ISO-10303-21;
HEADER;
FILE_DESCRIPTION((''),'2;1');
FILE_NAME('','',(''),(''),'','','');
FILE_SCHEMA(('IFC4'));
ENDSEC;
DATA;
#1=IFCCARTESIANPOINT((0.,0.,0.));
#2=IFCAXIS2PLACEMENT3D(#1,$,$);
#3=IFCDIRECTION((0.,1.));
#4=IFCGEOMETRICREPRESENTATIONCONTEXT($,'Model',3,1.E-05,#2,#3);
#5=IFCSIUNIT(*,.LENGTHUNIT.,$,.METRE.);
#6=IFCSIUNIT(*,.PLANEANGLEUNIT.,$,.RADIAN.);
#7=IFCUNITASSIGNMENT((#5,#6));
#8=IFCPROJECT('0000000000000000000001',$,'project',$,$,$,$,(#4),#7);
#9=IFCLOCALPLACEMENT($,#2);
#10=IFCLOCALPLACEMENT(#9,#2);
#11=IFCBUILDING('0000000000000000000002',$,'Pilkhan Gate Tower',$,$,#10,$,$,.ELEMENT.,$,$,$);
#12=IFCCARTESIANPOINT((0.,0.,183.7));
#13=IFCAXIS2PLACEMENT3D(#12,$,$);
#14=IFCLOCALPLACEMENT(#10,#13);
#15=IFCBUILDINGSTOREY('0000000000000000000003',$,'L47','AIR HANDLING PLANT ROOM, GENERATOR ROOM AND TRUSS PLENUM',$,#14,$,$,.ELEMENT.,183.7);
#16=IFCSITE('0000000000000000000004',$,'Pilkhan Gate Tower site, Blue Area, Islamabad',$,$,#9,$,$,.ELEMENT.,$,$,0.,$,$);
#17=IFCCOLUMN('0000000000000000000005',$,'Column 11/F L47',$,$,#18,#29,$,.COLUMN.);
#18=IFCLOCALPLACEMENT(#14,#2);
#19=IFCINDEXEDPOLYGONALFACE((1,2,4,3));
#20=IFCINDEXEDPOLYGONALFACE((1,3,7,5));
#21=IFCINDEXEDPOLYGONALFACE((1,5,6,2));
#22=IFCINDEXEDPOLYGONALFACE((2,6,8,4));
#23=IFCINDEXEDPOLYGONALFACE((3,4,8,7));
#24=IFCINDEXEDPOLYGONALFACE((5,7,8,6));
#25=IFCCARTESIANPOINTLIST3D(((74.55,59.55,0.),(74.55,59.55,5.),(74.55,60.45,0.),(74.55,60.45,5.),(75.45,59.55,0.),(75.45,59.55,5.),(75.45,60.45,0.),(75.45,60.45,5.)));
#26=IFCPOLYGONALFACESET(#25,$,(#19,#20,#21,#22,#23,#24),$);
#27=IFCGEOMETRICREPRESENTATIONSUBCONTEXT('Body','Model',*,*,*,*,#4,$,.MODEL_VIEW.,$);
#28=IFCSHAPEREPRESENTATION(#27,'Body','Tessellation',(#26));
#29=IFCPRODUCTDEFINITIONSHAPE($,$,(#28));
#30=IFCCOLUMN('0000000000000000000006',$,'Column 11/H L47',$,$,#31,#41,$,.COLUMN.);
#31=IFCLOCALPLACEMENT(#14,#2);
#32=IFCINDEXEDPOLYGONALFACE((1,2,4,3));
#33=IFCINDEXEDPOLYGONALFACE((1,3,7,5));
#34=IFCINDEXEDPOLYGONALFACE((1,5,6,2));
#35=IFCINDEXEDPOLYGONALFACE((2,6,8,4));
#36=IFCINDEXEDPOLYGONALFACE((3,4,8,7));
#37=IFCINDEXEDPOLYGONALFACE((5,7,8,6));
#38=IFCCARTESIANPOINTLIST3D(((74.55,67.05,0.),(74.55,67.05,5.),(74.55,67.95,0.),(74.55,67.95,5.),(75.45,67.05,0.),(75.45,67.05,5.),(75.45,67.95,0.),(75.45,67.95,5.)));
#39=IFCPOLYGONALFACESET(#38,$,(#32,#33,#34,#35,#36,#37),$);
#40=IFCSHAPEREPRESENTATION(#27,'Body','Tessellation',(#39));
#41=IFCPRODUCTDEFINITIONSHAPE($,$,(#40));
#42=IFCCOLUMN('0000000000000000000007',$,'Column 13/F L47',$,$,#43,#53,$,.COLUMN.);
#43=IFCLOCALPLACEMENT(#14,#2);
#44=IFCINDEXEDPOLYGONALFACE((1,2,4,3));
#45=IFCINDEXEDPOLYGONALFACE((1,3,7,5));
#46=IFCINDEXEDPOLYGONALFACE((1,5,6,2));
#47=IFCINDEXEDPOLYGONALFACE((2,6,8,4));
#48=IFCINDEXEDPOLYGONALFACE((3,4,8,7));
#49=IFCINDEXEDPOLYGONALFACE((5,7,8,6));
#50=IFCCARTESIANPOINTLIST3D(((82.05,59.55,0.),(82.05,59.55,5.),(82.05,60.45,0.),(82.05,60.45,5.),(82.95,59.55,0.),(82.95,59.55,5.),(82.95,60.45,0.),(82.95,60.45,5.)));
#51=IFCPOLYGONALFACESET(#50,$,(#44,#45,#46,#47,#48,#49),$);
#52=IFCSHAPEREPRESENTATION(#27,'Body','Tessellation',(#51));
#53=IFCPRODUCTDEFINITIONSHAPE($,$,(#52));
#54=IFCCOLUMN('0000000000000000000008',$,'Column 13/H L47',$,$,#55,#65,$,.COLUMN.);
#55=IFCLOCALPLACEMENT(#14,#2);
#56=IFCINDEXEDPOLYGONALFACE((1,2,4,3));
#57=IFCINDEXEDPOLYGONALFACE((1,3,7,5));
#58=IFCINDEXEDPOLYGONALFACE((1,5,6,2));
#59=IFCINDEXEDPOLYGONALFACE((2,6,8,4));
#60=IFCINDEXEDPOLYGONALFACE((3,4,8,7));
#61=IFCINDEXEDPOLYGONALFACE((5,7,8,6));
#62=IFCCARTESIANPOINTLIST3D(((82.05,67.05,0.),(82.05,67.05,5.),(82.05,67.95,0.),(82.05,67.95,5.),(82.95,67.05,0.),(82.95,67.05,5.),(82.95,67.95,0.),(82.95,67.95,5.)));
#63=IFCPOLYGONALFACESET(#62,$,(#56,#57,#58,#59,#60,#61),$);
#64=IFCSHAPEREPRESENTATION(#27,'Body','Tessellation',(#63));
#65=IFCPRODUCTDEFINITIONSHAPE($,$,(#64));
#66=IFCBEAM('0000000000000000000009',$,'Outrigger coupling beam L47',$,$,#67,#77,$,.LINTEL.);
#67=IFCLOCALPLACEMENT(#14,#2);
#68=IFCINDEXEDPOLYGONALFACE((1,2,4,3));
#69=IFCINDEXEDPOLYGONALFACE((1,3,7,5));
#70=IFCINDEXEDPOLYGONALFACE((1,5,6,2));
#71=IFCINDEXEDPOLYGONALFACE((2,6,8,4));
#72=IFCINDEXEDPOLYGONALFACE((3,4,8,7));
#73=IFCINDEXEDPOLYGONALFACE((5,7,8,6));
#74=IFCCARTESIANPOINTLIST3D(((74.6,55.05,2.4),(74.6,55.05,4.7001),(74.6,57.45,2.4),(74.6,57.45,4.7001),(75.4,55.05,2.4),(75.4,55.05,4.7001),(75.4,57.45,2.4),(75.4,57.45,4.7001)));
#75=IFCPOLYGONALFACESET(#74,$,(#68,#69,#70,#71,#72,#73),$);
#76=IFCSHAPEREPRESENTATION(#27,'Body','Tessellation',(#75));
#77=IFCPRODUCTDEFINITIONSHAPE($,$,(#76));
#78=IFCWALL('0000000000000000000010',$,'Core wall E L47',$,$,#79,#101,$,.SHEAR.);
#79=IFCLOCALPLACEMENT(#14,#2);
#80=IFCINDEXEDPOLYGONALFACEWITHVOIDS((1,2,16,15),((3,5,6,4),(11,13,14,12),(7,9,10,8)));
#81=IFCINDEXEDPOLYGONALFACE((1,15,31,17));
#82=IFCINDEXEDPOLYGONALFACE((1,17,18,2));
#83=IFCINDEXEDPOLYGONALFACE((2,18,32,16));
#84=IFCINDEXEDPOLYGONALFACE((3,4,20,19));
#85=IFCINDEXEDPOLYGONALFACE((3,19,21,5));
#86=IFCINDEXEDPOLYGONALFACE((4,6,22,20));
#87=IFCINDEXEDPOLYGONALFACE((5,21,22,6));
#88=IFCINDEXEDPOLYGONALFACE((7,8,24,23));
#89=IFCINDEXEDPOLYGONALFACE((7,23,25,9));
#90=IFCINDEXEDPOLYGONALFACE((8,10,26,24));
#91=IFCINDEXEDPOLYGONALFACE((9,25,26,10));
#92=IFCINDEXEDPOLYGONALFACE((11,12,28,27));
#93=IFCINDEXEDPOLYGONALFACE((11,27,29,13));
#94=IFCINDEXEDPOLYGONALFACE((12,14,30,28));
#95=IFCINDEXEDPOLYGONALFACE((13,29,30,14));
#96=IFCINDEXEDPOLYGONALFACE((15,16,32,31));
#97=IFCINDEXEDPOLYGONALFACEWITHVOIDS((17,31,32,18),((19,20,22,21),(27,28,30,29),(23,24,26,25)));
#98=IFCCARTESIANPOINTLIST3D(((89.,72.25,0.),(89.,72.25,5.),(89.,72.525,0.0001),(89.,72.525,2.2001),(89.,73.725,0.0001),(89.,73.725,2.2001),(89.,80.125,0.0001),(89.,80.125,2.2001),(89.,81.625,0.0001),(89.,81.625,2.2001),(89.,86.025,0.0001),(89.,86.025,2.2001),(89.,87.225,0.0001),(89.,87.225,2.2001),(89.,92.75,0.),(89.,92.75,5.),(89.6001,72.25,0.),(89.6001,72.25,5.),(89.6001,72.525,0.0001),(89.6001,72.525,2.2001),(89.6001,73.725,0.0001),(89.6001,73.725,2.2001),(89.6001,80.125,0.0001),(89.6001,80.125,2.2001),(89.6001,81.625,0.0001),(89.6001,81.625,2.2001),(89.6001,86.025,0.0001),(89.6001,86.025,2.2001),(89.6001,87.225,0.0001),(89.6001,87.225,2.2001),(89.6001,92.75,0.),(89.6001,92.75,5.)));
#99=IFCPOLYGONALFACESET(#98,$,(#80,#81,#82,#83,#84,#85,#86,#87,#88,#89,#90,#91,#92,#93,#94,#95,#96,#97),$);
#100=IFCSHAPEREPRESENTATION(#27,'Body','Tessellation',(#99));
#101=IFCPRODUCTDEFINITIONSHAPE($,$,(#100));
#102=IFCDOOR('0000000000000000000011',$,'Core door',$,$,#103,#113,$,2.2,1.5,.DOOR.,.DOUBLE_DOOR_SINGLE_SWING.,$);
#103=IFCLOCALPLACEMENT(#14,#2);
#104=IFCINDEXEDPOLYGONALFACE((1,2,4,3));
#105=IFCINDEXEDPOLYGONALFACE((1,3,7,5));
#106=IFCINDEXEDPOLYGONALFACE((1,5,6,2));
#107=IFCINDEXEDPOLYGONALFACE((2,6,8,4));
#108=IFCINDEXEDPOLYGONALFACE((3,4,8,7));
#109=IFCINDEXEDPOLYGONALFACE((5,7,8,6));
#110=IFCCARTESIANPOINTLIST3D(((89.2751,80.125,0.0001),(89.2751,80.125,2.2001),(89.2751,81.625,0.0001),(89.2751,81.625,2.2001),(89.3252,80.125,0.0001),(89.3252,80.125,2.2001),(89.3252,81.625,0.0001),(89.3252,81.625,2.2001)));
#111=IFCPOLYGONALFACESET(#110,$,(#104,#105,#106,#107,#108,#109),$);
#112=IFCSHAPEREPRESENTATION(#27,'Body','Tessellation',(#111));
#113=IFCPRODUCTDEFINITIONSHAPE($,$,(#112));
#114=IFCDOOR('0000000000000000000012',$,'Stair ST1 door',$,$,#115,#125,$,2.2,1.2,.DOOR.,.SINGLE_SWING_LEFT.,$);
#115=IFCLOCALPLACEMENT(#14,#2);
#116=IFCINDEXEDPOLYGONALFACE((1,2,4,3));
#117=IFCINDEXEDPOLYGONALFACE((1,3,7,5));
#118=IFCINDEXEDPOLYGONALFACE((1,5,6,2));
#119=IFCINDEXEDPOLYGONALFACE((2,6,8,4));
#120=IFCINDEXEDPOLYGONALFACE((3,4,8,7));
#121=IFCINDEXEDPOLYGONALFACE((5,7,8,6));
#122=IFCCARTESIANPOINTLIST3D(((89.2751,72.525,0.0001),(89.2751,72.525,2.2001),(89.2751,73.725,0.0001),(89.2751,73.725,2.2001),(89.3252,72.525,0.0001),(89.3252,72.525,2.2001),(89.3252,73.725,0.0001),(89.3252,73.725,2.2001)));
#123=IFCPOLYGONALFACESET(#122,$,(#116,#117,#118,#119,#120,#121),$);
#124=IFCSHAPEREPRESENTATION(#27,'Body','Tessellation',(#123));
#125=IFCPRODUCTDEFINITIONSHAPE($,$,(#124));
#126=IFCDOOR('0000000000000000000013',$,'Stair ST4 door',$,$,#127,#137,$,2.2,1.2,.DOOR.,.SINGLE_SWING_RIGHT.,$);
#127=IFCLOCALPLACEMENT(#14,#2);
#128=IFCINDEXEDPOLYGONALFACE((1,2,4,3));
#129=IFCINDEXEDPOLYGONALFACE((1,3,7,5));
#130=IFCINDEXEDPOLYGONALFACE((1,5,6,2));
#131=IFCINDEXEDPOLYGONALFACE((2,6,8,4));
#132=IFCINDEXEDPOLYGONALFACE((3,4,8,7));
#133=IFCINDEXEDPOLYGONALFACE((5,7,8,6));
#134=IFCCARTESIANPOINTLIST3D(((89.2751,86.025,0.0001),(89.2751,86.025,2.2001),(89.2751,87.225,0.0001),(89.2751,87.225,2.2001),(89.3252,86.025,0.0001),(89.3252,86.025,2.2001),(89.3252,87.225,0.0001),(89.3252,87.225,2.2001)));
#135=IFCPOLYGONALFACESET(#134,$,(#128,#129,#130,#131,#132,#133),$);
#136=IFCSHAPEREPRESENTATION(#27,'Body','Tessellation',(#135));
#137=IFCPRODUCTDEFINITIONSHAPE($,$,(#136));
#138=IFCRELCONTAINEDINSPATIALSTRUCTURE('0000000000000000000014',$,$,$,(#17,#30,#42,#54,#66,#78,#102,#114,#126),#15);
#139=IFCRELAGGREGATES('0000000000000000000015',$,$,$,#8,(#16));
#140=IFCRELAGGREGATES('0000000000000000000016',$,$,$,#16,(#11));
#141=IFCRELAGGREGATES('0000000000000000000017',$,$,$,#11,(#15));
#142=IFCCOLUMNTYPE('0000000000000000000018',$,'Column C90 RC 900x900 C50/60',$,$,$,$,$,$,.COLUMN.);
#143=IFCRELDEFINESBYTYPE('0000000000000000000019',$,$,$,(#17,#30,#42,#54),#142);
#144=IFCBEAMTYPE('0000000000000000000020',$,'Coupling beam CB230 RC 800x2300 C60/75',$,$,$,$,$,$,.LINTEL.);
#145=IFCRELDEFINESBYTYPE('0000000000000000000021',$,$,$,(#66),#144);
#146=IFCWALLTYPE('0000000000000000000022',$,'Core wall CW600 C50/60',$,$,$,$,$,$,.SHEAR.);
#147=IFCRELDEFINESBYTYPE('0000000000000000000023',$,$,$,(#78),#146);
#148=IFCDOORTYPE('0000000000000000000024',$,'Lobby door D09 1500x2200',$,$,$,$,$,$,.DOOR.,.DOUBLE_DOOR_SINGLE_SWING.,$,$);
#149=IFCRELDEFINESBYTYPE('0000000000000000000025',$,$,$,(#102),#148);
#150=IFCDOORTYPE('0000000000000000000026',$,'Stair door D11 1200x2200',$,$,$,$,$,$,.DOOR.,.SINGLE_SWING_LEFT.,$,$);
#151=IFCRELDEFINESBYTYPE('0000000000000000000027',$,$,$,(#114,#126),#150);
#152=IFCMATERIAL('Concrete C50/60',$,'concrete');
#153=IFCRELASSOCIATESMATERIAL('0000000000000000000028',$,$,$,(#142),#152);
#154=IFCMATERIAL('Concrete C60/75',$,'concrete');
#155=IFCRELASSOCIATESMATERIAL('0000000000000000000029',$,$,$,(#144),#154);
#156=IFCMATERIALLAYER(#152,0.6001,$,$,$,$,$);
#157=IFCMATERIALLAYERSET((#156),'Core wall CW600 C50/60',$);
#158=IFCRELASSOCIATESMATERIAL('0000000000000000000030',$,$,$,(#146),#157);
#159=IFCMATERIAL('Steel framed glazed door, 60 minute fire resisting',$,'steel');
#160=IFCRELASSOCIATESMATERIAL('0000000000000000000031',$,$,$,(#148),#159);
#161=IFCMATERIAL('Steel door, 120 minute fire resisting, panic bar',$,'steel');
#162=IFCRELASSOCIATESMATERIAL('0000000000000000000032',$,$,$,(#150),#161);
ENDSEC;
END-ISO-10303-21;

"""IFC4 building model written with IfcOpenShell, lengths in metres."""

from ifc_helpers import new_model, si_unit, direction, frame, frame_2d, origin, origin_2d, place, context, subcontext, project, spatial, rectangle, extrude, material, layer, layer_set, material_profile, profile_set, type_object, element, fill, save


model = new_model("IFC4")

# Units and contexts
model_context = context("Model", 3, precision=1e-05, world=origin(), true_north=direction((0.0, 1.0)))
body_context = subcontext(model_context, "Body", "Model", "MODEL_VIEW")
ifc_project = project(units=[si_unit("LENGTHUNIT", "METRE"), si_unit("PLANEANGLEUNIT", "RADIAN")], contexts=[model_context])

# Site, building, storey
site_placement = place(None, origin())
site = spatial("IfcSite", under=ifc_project, at=site_placement, Name="Pilkhan Gate Tower site, Blue Area, Islamabad", CompositionType="ELEMENT", RefElevation=0.0)
building_placement = place(site_placement, origin())
building = spatial("IfcBuilding", under=site, at=building_placement, Name="Pilkhan Gate Tower", CompositionType="ELEMENT")
storey_placement = place(building_placement, frame((0.0, 0.0, 183.7)))
storey = spatial("IfcBuildingStorey", under=building, at=storey_placement, Name="L47", Description="AIR HANDLING PLANT ROOM, GENERATOR ROOM AND TRUSS PLENUM", CompositionType="ELEMENT", Elevation=183.7)

# Columns
ifc_material_1 = material(Name="Concrete C50/60", Category="concrete")
ifc_material_profile_1 = material_profile(ifc_material_1, rectangle(XDim=0.8999, YDim=0.8999, at=origin_2d()), Name="RC 900x900")
ifc_profile_set_1 = profile_set([ifc_material_profile_1], Name="Concrete C50/60")
column_type = type_object("IfcColumnType", Name="Column C90 RC 900x900 C50/60", PredefinedType="COLUMN", material=ifc_profile_set_1)
for number, where, z_axis, x_axis, name in (
    (1, (75.0, 60.0, 0.0), (0.0, 0.0, 1.0), (1.0, 0.0, 0.0), "Column 11/F L47"),
    (2, (75.0, 67.5, 0.0), (0.0, 0.0, 1.0), (1.0, 0.0, 0.0), "Column 11/H L47"),
    (3, (82.5, 60.0, 0.0), (0.0, 0.0, 1.0), (1.0, 0.0, 0.0), "Column 13/F L47"),
    (4, (82.5, 67.5, 0.0), (0.0, 0.0, 1.0), (1.0, 0.0, 0.0), "Column 13/H L47"),
):
    element("IfcColumn", number, at=place(storey_placement, frame(where, z_axis=z_axis, x_axis=x_axis)), inside=storey, type_object=column_type, Name=name, PredefinedType="COLUMN", context=body_context, shape_type="SweptSolid", body=[
        extrude(rectangle(XDim=0.8999, YDim=0.8999, at=origin_2d()), origin(), (0.0, 0.0, 1.0), 5.0),
    ])

# Beam
ifc_material_2 = material(Name="Concrete C60/75", Category="concrete")
ifc_material_profile_2 = material_profile(ifc_material_2, rectangle(XDim=0.8, YDim=2.3, at=origin_2d()), Name="RC 800x2300")
ifc_profile_set_2 = profile_set([ifc_material_profile_2], Name="Concrete C60/75")
beam_type = type_object("IfcBeamType", Name="Coupling beam CB230 RC 800x2300 C60/75", PredefinedType="LINTEL", material=ifc_profile_set_2)
beam_placement = place(storey_placement, frame((75.0, 55.05, 3.55), z_axis=(0.0, 1.0, 0.0), x_axis=(-1.0, 0.0, 0.0)))
element("IfcBeam", 5, at=beam_placement, inside=storey, type_object=beam_type, Name="Outrigger coupling beam L47", PredefinedType="LINTEL", context=body_context, shape_type="SweptSolid", body=[
    extrude(rectangle(XDim=0.8, YDim=2.3, at=origin_2d()), origin(), (0.0, 0.0, 1.0), 2.3999),
])

# Wall, openings, doors
ifc_layer_1 = layer(ifc_material_1, 0.6001)
ifc_layer_set_1 = layer_set([ifc_layer_1], Name="Core wall CW600 C50/60")
wall_type_1 = type_object("IfcWallType", Name="Core wall CW600 C50/60", PredefinedType="SHEAR", material=ifc_layer_set_1)
wall_1_placement = place(storey_placement, frame((89.3, 72.25, 0.0), z_axis=(0.0, 0.0, 1.0), x_axis=(0.0, 1.0, 0.0)))
wall_1 = element("IfcWall", 6, at=wall_1_placement, inside=storey, type_object=wall_type_1, Name="Core wall E L47", PredefinedType="SHEAR", context=body_context, shape_type="SweptSolid", body=[
    extrude(rectangle(XDim=20.5, YDim=0.6001, at=frame_2d((10.25, 0.0))), origin(), (0.0, 0.0, 1.0), 5.0),
])
opening_1_placement = place(wall_1_placement, frame((0.2749, 0.0, 0.0)))
opening_1 = element("IfcOpeningElement", 7, at=opening_1_placement, cuts=wall_1, PredefinedType="OPENING", context=body_context, shape_type="SweptSolid", body=[
    extrude(rectangle(XDim=1.2, YDim=2.2, at=frame_2d((0.6001, 1.1001))), frame((0.0, 0.3101, 0.0), z_axis=(0.0, -1.0, 0.0), x_axis=(1.0, 0.0, 0.0)), (0.0, 0.0, 1.0), 0.6201),
])
opening_2_placement = place(wall_1_placement, frame((13.7749, 0.0, 0.0)))
opening_2 = element("IfcOpeningElement", 8, at=opening_2_placement, cuts=wall_1, PredefinedType="OPENING", context=body_context, shape_type="SweptSolid", body=[
    extrude(rectangle(XDim=1.2, YDim=2.2, at=frame_2d((0.6001, 1.1001))), frame((0.0, 0.3101, 0.0), z_axis=(0.0, -1.0, 0.0), x_axis=(1.0, 0.0, 0.0)), (0.0, 0.0, 1.0), 0.6201),
])
opening_3_placement = place(wall_1_placement, frame((7.875, 0.0, 0.0)))
opening_3 = element("IfcOpeningElement", 9, at=opening_3_placement, cuts=wall_1, PredefinedType="OPENING", context=body_context, shape_type="SweptSolid", body=[
    extrude(rectangle(XDim=1.5, YDim=2.2, at=frame_2d((0.75, 1.1001))), frame((0.0, 0.3101, 0.0), z_axis=(0.0, -1.0, 0.0), x_axis=(1.0, 0.0, 0.0)), (0.0, 0.0, 1.0), 0.6201),
])
ifc_material_3 = material(Name="Steel framed glazed door, 60 minute fire resisting", Category="steel")
door_type_1 = type_object("IfcDoorType", Name="Lobby door D09 1500x2200", OperationType="DOUBLE_DOOR_SINGLE_SWING", PredefinedType="DOOR", material=ifc_material_3)
door_1_placement = place(opening_3_placement, origin())
door_1 = element("IfcDoor", 10, at=door_1_placement, inside=storey, type_object=door_type_1, Name="Core door", OperationType="DOUBLE_DOOR_SINGLE_SWING", OverallHeight=2.2, OverallWidth=1.5, PredefinedType="DOOR", context=body_context, shape_type="SweptSolid", body=[
    extrude(rectangle(XDim=1.5, YDim=2.2, at=frame_2d((0.75, 1.1001))), frame((0.0, 0.0249, 0.0), z_axis=(0.0, -1.0, 0.0), x_axis=(1.0, 0.0, 0.0)), (0.0, 0.0, 1.0), 0.05),
])
fill(opening_3, door_1)
ifc_material_4 = material(Name="Steel door, 120 minute fire resisting, panic bar", Category="steel")
door_type_2 = type_object("IfcDoorType", Name="Stair door D11 1200x2200", OperationType="SINGLE_SWING_LEFT", PredefinedType="DOOR", material=ifc_material_4)
door_2_placement = place(opening_1_placement, origin())
door_2 = element("IfcDoor", 11, at=door_2_placement, inside=storey, type_object=door_type_2, Name="Stair ST1 door", OperationType="SINGLE_SWING_LEFT", OverallHeight=2.2, OverallWidth=1.2, PredefinedType="DOOR", context=body_context, shape_type="SweptSolid", body=[
    extrude(rectangle(XDim=1.2, YDim=2.2, at=frame_2d((0.6001, 1.1001))), frame((0.0, 0.0249, 0.0), z_axis=(0.0, -1.0, 0.0), x_axis=(1.0, 0.0, 0.0)), (0.0, 0.0, 1.0), 0.05),
])
fill(opening_1, door_2)
door_3_placement = place(opening_2_placement, origin())
door_3 = element("IfcDoor", 12, at=door_3_placement, inside=storey, type_object=door_type_2, Name="Stair ST4 door", OperationType="SINGLE_SWING_RIGHT", OverallHeight=2.2, OverallWidth=1.2, PredefinedType="DOOR", context=body_context, shape_type="SweptSolid", body=[
    extrude(rectangle(XDim=1.2, YDim=2.2, at=frame_2d((0.6001, 1.1001))), frame((0.0, 0.0249, 0.0), z_axis=(0.0, -1.0, 0.0), x_axis=(1.0, 0.0, 0.0)), (0.0, 0.0, 1.0), 0.05),
])
fill(opening_2, door_3)

save(model, "model.ifc")
